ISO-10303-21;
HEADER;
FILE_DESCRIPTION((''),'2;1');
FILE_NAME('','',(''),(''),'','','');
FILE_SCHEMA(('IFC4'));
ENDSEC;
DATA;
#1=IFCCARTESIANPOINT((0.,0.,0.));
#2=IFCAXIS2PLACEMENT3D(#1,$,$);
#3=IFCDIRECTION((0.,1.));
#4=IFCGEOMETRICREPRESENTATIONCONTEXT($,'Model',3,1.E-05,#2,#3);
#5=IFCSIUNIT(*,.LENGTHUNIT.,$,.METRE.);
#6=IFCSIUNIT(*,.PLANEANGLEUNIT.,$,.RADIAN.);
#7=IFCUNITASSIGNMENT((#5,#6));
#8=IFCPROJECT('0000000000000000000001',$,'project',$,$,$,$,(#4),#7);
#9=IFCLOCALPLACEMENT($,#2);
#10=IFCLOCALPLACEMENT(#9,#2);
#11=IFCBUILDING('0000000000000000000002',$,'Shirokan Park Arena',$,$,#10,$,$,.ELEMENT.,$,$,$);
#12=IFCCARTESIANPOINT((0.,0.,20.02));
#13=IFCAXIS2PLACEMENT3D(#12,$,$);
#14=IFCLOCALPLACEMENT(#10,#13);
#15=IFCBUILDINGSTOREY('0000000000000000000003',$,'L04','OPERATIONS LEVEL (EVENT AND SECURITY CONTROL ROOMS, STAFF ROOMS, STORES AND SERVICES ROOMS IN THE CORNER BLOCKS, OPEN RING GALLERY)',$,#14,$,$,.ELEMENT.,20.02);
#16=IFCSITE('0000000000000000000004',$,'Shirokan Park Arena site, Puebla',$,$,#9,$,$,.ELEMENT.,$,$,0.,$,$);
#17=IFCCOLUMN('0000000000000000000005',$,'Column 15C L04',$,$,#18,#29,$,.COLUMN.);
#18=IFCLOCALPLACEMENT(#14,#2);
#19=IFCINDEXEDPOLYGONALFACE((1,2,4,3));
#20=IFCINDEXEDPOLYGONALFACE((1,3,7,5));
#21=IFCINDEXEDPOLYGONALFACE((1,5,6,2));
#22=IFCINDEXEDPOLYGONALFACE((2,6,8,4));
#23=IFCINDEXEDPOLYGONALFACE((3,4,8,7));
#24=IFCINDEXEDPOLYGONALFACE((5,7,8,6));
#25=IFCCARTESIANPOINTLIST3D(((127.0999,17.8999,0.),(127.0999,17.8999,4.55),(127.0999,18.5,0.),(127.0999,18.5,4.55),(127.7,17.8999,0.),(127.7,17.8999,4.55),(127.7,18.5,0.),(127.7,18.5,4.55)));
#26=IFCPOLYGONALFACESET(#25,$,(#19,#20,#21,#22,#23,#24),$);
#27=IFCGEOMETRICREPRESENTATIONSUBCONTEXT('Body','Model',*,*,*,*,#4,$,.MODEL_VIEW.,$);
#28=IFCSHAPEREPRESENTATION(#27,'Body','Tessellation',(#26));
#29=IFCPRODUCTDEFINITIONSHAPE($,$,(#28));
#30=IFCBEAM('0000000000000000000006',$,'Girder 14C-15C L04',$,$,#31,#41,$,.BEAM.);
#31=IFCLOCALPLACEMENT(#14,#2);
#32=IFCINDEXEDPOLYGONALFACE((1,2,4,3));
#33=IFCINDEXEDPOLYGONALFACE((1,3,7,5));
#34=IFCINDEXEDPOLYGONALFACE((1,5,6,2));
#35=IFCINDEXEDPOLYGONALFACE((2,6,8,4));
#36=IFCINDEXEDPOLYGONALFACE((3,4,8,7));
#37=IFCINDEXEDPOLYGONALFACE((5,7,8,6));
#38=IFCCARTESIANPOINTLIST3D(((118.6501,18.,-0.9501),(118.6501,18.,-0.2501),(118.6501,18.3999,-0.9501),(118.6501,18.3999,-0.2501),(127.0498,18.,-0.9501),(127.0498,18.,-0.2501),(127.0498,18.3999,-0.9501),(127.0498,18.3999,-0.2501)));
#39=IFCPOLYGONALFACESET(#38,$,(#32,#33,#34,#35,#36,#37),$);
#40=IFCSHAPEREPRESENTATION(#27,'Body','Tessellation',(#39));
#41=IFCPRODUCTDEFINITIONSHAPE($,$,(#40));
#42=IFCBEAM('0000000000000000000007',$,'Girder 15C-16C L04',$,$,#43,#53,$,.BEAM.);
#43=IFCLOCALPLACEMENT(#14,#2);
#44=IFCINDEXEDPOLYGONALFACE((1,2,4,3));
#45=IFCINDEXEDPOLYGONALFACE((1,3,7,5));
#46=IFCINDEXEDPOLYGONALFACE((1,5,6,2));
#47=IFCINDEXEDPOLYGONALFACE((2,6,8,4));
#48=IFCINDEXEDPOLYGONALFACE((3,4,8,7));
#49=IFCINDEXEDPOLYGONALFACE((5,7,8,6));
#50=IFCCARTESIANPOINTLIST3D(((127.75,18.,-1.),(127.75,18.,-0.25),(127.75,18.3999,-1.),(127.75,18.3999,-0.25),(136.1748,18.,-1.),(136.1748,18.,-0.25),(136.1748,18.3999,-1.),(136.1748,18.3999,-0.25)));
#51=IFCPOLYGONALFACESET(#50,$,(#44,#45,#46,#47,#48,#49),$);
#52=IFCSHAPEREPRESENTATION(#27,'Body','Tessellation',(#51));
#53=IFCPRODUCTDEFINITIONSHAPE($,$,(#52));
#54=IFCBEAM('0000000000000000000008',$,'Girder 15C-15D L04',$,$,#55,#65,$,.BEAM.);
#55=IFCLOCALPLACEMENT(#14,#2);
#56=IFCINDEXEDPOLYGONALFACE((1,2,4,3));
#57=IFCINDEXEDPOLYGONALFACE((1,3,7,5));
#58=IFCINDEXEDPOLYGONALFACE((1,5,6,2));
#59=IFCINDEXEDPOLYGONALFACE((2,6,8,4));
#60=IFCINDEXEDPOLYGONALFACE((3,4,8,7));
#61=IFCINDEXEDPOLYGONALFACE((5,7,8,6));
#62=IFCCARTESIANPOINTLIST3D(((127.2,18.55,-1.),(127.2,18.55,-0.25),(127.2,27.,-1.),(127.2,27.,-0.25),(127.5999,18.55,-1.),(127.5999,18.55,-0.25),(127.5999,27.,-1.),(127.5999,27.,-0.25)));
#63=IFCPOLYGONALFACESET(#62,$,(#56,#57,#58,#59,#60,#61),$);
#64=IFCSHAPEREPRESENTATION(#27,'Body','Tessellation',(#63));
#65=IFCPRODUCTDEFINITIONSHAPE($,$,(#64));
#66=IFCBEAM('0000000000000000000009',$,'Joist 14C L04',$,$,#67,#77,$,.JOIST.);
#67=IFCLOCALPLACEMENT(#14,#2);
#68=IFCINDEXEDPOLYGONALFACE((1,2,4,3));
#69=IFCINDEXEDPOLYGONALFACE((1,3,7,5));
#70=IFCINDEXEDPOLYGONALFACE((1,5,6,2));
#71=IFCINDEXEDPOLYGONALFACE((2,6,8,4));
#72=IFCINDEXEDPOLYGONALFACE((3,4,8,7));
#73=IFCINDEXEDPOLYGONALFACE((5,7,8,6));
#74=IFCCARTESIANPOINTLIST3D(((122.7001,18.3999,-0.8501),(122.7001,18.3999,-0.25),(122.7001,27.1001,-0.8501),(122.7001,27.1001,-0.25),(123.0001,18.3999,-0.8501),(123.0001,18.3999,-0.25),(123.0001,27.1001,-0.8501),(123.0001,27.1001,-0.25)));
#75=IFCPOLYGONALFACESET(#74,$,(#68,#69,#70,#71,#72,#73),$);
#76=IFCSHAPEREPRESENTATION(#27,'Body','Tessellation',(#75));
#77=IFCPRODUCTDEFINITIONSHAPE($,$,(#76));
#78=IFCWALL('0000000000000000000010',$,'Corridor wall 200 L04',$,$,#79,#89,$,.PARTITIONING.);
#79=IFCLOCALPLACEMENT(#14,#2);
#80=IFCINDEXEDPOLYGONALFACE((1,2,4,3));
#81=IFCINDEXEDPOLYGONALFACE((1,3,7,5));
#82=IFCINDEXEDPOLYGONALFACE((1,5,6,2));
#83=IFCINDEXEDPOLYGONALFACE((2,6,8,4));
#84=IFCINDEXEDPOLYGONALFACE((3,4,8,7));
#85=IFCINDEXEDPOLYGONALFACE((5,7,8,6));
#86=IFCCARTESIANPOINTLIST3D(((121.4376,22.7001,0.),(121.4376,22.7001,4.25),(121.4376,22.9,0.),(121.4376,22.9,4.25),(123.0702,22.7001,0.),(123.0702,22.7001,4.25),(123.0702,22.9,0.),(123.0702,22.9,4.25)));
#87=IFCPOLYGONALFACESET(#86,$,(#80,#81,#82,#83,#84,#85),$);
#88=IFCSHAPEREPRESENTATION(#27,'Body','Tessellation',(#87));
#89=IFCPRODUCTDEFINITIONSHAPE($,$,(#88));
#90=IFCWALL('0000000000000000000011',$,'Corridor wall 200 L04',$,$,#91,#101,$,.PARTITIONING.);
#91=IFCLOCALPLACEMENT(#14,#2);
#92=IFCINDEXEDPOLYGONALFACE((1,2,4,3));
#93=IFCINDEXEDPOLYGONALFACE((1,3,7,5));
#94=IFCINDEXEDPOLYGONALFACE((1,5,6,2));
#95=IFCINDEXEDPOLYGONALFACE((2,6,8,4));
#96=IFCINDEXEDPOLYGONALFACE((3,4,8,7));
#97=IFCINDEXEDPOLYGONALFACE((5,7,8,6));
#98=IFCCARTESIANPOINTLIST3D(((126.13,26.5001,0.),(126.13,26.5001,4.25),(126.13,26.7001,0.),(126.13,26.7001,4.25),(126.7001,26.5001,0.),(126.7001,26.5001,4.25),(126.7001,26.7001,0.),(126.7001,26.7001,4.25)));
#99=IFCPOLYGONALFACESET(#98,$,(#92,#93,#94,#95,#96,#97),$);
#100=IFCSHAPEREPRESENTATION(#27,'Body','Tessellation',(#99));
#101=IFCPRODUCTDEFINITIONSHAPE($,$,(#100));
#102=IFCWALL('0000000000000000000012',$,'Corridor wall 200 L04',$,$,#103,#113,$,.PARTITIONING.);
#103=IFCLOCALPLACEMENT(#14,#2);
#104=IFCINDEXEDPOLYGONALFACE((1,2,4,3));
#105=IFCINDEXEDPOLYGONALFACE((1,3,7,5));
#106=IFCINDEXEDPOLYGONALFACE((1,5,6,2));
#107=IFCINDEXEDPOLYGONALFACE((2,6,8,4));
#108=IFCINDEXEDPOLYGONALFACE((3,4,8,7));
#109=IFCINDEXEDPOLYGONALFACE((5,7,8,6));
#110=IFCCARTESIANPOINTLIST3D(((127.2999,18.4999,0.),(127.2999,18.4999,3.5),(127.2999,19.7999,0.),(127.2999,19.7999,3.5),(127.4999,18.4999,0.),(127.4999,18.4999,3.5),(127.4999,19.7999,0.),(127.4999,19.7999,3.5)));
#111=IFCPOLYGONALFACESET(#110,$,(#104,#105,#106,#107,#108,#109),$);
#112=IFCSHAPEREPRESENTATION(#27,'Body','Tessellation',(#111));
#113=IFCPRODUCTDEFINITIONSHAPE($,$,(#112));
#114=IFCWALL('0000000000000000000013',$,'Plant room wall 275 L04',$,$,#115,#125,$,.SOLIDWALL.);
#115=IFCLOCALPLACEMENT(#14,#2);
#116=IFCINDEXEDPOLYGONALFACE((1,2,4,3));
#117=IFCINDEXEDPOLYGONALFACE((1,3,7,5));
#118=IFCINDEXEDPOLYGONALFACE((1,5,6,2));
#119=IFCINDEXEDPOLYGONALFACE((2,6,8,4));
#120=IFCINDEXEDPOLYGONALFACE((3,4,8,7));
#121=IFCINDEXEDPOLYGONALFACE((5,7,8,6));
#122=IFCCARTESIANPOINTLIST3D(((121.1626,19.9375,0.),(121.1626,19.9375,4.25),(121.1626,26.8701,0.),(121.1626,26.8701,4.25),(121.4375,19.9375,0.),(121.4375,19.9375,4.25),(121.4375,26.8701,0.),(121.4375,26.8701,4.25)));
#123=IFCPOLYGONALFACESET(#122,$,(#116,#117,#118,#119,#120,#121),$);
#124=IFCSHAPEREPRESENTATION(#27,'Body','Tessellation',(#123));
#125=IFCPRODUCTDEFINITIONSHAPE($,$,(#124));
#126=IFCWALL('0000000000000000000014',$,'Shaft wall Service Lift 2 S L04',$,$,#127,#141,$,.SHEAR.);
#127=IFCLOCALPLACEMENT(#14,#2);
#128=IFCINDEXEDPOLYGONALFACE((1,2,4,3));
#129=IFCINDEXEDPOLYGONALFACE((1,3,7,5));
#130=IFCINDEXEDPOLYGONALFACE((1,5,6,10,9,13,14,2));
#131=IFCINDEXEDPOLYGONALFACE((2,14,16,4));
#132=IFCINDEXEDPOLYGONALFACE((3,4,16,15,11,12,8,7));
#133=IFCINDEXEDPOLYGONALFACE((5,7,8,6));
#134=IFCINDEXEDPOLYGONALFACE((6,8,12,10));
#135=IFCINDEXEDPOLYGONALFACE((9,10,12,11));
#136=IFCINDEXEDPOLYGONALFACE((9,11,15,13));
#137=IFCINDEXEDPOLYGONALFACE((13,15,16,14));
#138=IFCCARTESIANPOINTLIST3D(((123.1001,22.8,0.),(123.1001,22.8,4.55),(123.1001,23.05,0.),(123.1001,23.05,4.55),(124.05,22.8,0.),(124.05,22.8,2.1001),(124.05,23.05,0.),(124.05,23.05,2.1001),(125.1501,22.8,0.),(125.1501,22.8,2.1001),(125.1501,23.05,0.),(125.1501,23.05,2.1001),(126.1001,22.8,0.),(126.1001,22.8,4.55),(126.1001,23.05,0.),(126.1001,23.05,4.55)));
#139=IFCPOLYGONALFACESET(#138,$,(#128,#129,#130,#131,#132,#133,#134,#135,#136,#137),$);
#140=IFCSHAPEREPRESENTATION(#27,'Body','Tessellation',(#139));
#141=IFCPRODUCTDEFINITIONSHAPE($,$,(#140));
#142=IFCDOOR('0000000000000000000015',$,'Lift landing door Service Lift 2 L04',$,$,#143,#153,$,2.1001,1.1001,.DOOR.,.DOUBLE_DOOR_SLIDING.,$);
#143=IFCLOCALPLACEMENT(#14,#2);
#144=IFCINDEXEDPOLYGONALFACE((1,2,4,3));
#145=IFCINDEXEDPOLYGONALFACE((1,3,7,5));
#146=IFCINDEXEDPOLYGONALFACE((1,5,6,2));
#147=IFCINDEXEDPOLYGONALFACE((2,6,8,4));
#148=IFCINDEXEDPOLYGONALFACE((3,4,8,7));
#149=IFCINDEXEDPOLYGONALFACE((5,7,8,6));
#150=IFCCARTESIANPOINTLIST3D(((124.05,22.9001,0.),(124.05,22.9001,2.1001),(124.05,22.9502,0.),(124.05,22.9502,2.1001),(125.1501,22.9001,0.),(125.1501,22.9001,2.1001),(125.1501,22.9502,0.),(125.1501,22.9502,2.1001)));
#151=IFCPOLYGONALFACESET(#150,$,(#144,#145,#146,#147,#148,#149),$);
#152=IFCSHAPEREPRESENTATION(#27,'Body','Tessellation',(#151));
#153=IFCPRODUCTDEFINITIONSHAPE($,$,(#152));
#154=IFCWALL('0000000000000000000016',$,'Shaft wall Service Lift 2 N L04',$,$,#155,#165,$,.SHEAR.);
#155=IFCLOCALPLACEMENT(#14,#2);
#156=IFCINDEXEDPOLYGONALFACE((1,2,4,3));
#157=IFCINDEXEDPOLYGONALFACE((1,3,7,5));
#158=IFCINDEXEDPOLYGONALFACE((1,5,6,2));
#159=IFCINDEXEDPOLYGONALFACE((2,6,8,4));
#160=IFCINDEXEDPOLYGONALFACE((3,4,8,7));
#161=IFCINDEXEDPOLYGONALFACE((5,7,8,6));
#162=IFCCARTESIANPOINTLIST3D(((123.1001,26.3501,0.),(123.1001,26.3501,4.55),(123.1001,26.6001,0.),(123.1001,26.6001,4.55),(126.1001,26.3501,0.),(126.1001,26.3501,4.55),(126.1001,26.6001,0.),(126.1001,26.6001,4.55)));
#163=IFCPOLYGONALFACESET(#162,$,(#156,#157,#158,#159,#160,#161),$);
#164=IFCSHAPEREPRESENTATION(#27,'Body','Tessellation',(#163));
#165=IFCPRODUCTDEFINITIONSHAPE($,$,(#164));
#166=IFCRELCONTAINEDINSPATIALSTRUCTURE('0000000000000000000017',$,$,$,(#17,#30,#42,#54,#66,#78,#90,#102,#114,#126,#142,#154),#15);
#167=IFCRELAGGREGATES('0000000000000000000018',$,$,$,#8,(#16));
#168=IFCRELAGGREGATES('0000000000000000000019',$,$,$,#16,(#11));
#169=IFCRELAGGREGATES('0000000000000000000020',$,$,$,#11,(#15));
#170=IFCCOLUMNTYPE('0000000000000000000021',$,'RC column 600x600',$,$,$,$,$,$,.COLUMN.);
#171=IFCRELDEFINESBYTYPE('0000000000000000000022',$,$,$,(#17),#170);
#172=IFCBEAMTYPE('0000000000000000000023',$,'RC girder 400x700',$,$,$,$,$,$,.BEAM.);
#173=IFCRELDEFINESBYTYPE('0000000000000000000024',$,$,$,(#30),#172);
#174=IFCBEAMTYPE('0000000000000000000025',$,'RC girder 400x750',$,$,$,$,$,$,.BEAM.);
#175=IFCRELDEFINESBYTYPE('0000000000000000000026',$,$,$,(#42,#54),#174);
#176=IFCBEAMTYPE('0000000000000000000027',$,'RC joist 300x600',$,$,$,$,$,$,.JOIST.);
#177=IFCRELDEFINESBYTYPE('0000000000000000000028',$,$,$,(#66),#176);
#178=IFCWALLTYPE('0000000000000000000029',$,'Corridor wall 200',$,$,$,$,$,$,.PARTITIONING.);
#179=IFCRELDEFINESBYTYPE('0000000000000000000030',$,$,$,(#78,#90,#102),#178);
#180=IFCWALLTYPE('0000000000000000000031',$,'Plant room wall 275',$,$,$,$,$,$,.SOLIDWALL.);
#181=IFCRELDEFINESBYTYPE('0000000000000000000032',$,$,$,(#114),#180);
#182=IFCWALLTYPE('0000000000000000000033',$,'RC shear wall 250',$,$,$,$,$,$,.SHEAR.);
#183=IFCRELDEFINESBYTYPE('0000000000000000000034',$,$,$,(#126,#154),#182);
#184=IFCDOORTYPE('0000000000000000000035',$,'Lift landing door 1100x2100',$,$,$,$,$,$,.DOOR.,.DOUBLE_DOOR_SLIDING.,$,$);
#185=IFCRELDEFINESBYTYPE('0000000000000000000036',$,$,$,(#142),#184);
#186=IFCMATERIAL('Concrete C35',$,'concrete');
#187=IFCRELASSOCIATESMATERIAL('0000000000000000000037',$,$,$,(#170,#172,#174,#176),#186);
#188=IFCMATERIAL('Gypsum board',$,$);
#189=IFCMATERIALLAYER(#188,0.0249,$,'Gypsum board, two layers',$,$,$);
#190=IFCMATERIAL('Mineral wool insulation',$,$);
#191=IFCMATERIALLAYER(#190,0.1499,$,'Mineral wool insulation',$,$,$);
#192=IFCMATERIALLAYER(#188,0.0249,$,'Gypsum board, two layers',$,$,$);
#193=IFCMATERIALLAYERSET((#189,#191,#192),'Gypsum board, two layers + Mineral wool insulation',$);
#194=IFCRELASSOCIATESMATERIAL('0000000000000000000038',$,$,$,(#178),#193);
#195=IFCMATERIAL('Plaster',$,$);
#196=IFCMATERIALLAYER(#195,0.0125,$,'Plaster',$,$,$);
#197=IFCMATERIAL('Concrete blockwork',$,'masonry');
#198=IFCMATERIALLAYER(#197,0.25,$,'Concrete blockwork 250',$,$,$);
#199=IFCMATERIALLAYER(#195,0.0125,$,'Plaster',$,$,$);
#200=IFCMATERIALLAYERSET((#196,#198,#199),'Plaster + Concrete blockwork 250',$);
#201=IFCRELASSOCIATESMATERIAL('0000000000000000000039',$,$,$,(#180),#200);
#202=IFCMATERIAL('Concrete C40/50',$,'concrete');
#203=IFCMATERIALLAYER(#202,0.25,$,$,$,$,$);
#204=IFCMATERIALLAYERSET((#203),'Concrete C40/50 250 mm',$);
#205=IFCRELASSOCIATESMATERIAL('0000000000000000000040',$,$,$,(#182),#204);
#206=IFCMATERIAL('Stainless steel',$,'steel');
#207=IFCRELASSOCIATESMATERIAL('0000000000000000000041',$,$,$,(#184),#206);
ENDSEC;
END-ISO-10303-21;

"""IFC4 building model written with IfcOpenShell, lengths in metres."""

from ifc_helpers import new_model, si_unit, direction, frame, frame_2d, origin, origin_2d, place, context, subcontext, project, spatial, rectangle, extrude, material, layer, layer_set, material_profile, profile_set, type_object, element, fill, save


model = new_model("IFC4")

# Units and contexts
model_context = context("Model", 3, precision=1e-05, world=origin(), true_north=direction((0.0, 1.0)))
body_context = subcontext(model_context, "Body", "Model", "MODEL_VIEW")
ifc_project = project(units=[si_unit("LENGTHUNIT", "METRE"), si_unit("PLANEANGLEUNIT", "RADIAN")], contexts=[model_context])

# Site, building, storey
site_placement = place(None, origin())
site = spatial("IfcSite", under=ifc_project, at=site_placement, Name="Shirokan Park Arena site, Puebla", CompositionType="ELEMENT", RefElevation=0.0)
building_placement = place(site_placement, origin())
building = spatial("IfcBuilding", under=site, at=building_placement, Name="Shirokan Park Arena", CompositionType="ELEMENT")
storey_placement = place(building_placement, frame((0.0, 0.0, 20.02)))
storey = spatial("IfcBuildingStorey", under=building, at=storey_placement, Name="L04", Description="OPERATIONS LEVEL (EVENT AND SECURITY CONTROL ROOMS, STAFF ROOMS, STORES AND SERVICES ROOMS IN THE CORNER BLOCKS, OPEN RING GALLERY)", CompositionType="ELEMENT", Elevation=20.02)

# Column
ifc_material_1 = material(Name="Concrete C35", Category="concrete")
ifc_material_profile_1 = material_profile(ifc_material_1, rectangle(XDim=0.6001, YDim=0.6001, at=origin_2d()), Name="600x600")
ifc_profile_set_1 = profile_set([ifc_material_profile_1], Name="Concrete C35")
column_type = type_object("IfcColumnType", Name="RC column 600x600", PredefinedType="COLUMN", material=ifc_profile_set_1)
column_placement = place(storey_placement, frame((127.3999, 18.2, 0.0), z_axis=(0.0, 0.0, 1.0), x_axis=(1.0, 0.0, 0.0)))
element("IfcColumn", 1, at=column_placement, inside=storey, type_object=column_type, Name="Column 15C L04", PredefinedType="COLUMN", context=body_context, shape_type="SweptSolid", body=[
    extrude(rectangle(XDim=0.6001, YDim=0.6001, at=origin_2d()), origin(), (0.0, 0.0, 1.0), 4.55),
])

# Beams
ifc_material_profile_2 = material_profile(ifc_material_1, rectangle(XDim=0.3999, YDim=0.7, at=origin_2d()), Name="400x700")
ifc_profile_set_2 = profile_set([ifc_material_profile_2], Name="Concrete C35")
beam_type_1 = type_object("IfcBeamType", Name="RC girder 400x700", PredefinedType="BEAM", material=ifc_profile_set_2)
beam_1_placement = place(storey_placement, frame((118.6501, 18.2, -0.6001), z_axis=(1.0, 0.0, 0.0), x_axis=(0.0, 1.0, 0.0)))
element("IfcBeam", 2, at=beam_1_placement, inside=storey, type_object=beam_type_1, Name="Girder 14C-15C L04", PredefinedType="BEAM", context=body_context, shape_type="SweptSolid", body=[
    extrude(rectangle(XDim=0.3999, YDim=0.7, at=origin_2d()), origin(), (0.0, 0.0, 1.0), 8.3997),
])
ifc_material_profile_3 = material_profile(ifc_material_1, rectangle(XDim=0.3999, YDim=0.75, at=origin_2d()), Name="400x750")
ifc_profile_set_3 = profile_set([ifc_material_profile_3], Name="Concrete C35")
beam_type_2 = type_object("IfcBeamType", Name="RC girder 400x750", PredefinedType="BEAM", material=ifc_profile_set_3)
beam_2_placement = place(storey_placement, frame((127.75, 18.2, -0.625), z_axis=(1.0, 0.0, 0.0), x_axis=(0.0, 1.0, 0.0)))
element("IfcBeam", 3, at=beam_2_placement, inside=storey, type_object=beam_type_2, Name="Girder 15C-16C L04", PredefinedType="BEAM", context=body_context, shape_type="SweptSolid", body=[
    extrude(rectangle(XDim=0.3999, YDim=0.75, at=origin_2d()), origin(), (0.0, 0.0, 1.0), 8.4248),
])
beam_3_placement = place(storey_placement, frame((127.3999, 18.55, -0.625), z_axis=(0.0, 1.0, 0.0), x_axis=(-1.0, 0.0, 0.0)))
element("IfcBeam", 4, at=beam_3_placement, inside=storey, type_object=beam_type_2, Name="Girder 15C-15D L04", PredefinedType="BEAM", context=body_context, shape_type="SweptSolid", body=[
    extrude(rectangle(XDim=0.3999, YDim=0.75, at=origin_2d()), origin(), (0.0, 0.0, 1.0), 8.45),
])
ifc_material_profile_4 = material_profile(ifc_material_1, rectangle(XDim=0.3, YDim=0.6001, at=origin_2d()), Name="300x600")
ifc_profile_set_4 = profile_set([ifc_material_profile_4], Name="Concrete C35")
beam_type_3 = type_object("IfcBeamType", Name="RC joist 300x600", PredefinedType="JOIST", material=ifc_profile_set_4)
beam_4_placement = place(storey_placement, frame((122.8501, 18.3999, -0.55), z_axis=(0.0, 1.0, 0.0), x_axis=(-1.0, 0.0, 0.0)))
element("IfcBeam", 5, at=beam_4_placement, inside=storey, type_object=beam_type_3, Name="Joist 14C L04", PredefinedType="JOIST", context=body_context, shape_type="SweptSolid", body=[
    extrude(rectangle(XDim=0.3, YDim=0.6001, at=origin_2d()), origin(), (0.0, 0.0, 1.0), 8.7002),
])

# Shared definitions
ifc_material_2 = material(Name="Gypsum board")
ifc_layer_1 = layer(ifc_material_2, 0.0249, Name="Gypsum board, two layers")
ifc_material_3 = material(Name="Mineral wool insulation")
ifc_layer_2 = layer(ifc_material_3, 0.1499, Name="Mineral wool insulation")
ifc_layer_3 = layer(ifc_material_2, 0.0249, Name="Gypsum board, two layers")
ifc_layer_set_1 = layer_set([ifc_layer_1, ifc_layer_2, ifc_layer_3], Name="Gypsum board, two layers + Mineral wool insulation")
wall_type_1 = type_object("IfcWallType", Name="Corridor wall 200", PredefinedType="PARTITIONING", material=ifc_layer_set_1)

# Walls
wall_1_placement = place(storey_placement, frame((121.4375, 22.8, 0.0), z_axis=(0.0, 0.0, 1.0), x_axis=(1.0, 0.0, 0.0)))
element("IfcWall", 6, at=wall_1_placement, inside=storey, type_object=wall_type_1, Name="Corridor wall 200 L04", PredefinedType="PARTITIONING", context=body_context, shape_type="SweptSolid", body=[
    extrude(rectangle(XDim=1.6326, YDim=0.2, at=frame_2d((0.8164, 0.0))), origin(), (0.0, 0.0, 1.0), 4.25),
])
wall_2_placement = place(storey_placement, frame((126.1299, 26.6001, 0.0), z_axis=(0.0, 0.0, 1.0), x_axis=(1.0, 0.0, 0.0)))
element("IfcWall", 7, at=wall_2_placement, inside=storey, type_object=wall_type_1, Name="Corridor wall 200 L04", PredefinedType="PARTITIONING", context=body_context, shape_type="SweptSolid", body=[
    extrude(rectangle(XDim=0.5701, YDim=0.2, at=frame_2d((0.2852, 0.0))), origin(), (0.0, 0.0, 1.0), 4.25),
])

# Walls
wall_3_placement = place(storey_placement, frame((127.3999, 18.5, 0.0), z_axis=(0.0, 0.0, 1.0), x_axis=(0.0, 1.0, 0.0)))
element("IfcWall", 8, at=wall_3_placement, inside=storey, type_object=wall_type_1, Name="Corridor wall 200 L04", PredefinedType="PARTITIONING", context=body_context, shape_type="SweptSolid", body=[
    extrude(rectangle(XDim=1.3, YDim=0.2, at=frame_2d((0.6499, 0.0))), origin(), (0.0, 0.0, 1.0), 3.5),
])
ifc_material_4 = material(Name="Plaster")
ifc_layer_4 = layer(ifc_material_4, 0.0125, Name="Plaster")
ifc_material_5 = material(Name="Concrete blockwork", Category="masonry")
ifc_layer_5 = layer(ifc_material_5, 0.25, Name="Concrete blockwork 250")
ifc_layer_6 = layer(ifc_material_4, 0.0125, Name="Plaster")
ifc_layer_set_2 = layer_set([ifc_layer_4, ifc_layer_5, ifc_layer_6], Name="Plaster + Concrete blockwork 250")
wall_type_2 = type_object("IfcWallType", Name="Plant room wall 275", PredefinedType="SOLIDWALL", material=ifc_layer_set_2)
wall_4_placement = place(storey_placement, frame((121.3, 19.9375, 0.0), z_axis=(0.0, 0.0, 1.0), x_axis=(0.0, 1.0, 0.0)))
element("IfcWall", 9, at=wall_4_placement, inside=storey, type_object=wall_type_2, Name="Plant room wall 275 L04", PredefinedType="SOLIDWALL", context=body_context, shape_type="SweptSolid", body=[
    extrude(rectangle(XDim=6.9326, YDim=0.2749, at=frame_2d((3.4663, 0.0))), origin(), (0.0, 0.0, 1.0), 4.25),
])

# Wall, opening, door
ifc_material_6 = material(Name="Concrete C40/50", Category="concrete")
ifc_layer_7 = layer(ifc_material_6, 0.25)
ifc_layer_set_3 = layer_set([ifc_layer_7], Name="Concrete C40/50 250 mm")
wall_type_3 = type_object("IfcWallType", Name="RC shear wall 250", PredefinedType="SHEAR", material=ifc_layer_set_3)
wall_5_placement = place(storey_placement, frame((126.1001, 22.925, 0.0), z_axis=(0.0, 0.0, 1.0), x_axis=(-1.0, 0.0, 0.0)))
wall_5 = element("IfcWall", 10, at=wall_5_placement, inside=storey, type_object=wall_type_3, Name="Shaft wall Service Lift 2 S L04", PredefinedType="SHEAR", context=body_context, shape_type="SweptSolid", body=[
    extrude(rectangle(XDim=3.0, YDim=0.25, at=frame_2d((1.5, 0.0))), origin(), (0.0, 0.0, 1.0), 4.55),
])
opening_1_placement = place(wall_5_placement, frame((0.95, 0.0, 0.0)))
opening_1 = element("IfcOpeningElement", 11, at=opening_1_placement, cuts=wall_5, PredefinedType="OPENING", context=body_context, shape_type="SweptSolid", body=[
    extrude(rectangle(XDim=1.1001, YDim=2.1001, at=frame_2d((0.55, 1.05))), frame((0.0, 0.135, 0.0), z_axis=(0.0, -1.0, 0.0), x_axis=(1.0, 0.0, 0.0)), (0.0, 0.0, 1.0), 0.27),
])
ifc_material_7 = material(Name="Stainless steel", Category="steel")
door_type_1 = type_object("IfcDoorType", Name="Lift landing door 1100x2100", OperationType="DOUBLE_DOOR_SLIDING", PredefinedType="DOOR", material=ifc_material_7)
door_1_placement = place(opening_1_placement, origin())
door_1 = element("IfcDoor", 12, at=door_1_placement, inside=storey, type_object=door_type_1, Name="Lift landing door Service Lift 2 L04", OperationType="DOUBLE_DOOR_SLIDING", OverallHeight=2.1001, OverallWidth=1.1001, PredefinedType="DOOR", context=body_context, shape_type="SweptSolid", body=[
    extrude(rectangle(XDim=1.1001, YDim=2.1001, at=frame_2d((0.55, 1.05))), frame((0.0, 0.0249, 0.0), z_axis=(0.0, -1.0, 0.0), x_axis=(1.0, 0.0, 0.0)), (0.0, 0.0, 1.0), 0.05),
])
fill(opening_1, door_1)

# Wall
wall_6_placement = place(storey_placement, frame((126.1001, 26.4751, 0.0), z_axis=(0.0, 0.0, 1.0), x_axis=(-1.0, 0.0, 0.0)))
element("IfcWall", 13, at=wall_6_placement, inside=storey, type_object=wall_type_3, Name="Shaft wall Service Lift 2 N L04", PredefinedType="SHEAR", context=body_context, shape_type="SweptSolid", body=[
    extrude(rectangle(XDim=3.0, YDim=0.25, at=frame_2d((1.5, 0.0))), origin(), (0.0, 0.0, 1.0), 4.55),
])

save(model, "model.ifc")
